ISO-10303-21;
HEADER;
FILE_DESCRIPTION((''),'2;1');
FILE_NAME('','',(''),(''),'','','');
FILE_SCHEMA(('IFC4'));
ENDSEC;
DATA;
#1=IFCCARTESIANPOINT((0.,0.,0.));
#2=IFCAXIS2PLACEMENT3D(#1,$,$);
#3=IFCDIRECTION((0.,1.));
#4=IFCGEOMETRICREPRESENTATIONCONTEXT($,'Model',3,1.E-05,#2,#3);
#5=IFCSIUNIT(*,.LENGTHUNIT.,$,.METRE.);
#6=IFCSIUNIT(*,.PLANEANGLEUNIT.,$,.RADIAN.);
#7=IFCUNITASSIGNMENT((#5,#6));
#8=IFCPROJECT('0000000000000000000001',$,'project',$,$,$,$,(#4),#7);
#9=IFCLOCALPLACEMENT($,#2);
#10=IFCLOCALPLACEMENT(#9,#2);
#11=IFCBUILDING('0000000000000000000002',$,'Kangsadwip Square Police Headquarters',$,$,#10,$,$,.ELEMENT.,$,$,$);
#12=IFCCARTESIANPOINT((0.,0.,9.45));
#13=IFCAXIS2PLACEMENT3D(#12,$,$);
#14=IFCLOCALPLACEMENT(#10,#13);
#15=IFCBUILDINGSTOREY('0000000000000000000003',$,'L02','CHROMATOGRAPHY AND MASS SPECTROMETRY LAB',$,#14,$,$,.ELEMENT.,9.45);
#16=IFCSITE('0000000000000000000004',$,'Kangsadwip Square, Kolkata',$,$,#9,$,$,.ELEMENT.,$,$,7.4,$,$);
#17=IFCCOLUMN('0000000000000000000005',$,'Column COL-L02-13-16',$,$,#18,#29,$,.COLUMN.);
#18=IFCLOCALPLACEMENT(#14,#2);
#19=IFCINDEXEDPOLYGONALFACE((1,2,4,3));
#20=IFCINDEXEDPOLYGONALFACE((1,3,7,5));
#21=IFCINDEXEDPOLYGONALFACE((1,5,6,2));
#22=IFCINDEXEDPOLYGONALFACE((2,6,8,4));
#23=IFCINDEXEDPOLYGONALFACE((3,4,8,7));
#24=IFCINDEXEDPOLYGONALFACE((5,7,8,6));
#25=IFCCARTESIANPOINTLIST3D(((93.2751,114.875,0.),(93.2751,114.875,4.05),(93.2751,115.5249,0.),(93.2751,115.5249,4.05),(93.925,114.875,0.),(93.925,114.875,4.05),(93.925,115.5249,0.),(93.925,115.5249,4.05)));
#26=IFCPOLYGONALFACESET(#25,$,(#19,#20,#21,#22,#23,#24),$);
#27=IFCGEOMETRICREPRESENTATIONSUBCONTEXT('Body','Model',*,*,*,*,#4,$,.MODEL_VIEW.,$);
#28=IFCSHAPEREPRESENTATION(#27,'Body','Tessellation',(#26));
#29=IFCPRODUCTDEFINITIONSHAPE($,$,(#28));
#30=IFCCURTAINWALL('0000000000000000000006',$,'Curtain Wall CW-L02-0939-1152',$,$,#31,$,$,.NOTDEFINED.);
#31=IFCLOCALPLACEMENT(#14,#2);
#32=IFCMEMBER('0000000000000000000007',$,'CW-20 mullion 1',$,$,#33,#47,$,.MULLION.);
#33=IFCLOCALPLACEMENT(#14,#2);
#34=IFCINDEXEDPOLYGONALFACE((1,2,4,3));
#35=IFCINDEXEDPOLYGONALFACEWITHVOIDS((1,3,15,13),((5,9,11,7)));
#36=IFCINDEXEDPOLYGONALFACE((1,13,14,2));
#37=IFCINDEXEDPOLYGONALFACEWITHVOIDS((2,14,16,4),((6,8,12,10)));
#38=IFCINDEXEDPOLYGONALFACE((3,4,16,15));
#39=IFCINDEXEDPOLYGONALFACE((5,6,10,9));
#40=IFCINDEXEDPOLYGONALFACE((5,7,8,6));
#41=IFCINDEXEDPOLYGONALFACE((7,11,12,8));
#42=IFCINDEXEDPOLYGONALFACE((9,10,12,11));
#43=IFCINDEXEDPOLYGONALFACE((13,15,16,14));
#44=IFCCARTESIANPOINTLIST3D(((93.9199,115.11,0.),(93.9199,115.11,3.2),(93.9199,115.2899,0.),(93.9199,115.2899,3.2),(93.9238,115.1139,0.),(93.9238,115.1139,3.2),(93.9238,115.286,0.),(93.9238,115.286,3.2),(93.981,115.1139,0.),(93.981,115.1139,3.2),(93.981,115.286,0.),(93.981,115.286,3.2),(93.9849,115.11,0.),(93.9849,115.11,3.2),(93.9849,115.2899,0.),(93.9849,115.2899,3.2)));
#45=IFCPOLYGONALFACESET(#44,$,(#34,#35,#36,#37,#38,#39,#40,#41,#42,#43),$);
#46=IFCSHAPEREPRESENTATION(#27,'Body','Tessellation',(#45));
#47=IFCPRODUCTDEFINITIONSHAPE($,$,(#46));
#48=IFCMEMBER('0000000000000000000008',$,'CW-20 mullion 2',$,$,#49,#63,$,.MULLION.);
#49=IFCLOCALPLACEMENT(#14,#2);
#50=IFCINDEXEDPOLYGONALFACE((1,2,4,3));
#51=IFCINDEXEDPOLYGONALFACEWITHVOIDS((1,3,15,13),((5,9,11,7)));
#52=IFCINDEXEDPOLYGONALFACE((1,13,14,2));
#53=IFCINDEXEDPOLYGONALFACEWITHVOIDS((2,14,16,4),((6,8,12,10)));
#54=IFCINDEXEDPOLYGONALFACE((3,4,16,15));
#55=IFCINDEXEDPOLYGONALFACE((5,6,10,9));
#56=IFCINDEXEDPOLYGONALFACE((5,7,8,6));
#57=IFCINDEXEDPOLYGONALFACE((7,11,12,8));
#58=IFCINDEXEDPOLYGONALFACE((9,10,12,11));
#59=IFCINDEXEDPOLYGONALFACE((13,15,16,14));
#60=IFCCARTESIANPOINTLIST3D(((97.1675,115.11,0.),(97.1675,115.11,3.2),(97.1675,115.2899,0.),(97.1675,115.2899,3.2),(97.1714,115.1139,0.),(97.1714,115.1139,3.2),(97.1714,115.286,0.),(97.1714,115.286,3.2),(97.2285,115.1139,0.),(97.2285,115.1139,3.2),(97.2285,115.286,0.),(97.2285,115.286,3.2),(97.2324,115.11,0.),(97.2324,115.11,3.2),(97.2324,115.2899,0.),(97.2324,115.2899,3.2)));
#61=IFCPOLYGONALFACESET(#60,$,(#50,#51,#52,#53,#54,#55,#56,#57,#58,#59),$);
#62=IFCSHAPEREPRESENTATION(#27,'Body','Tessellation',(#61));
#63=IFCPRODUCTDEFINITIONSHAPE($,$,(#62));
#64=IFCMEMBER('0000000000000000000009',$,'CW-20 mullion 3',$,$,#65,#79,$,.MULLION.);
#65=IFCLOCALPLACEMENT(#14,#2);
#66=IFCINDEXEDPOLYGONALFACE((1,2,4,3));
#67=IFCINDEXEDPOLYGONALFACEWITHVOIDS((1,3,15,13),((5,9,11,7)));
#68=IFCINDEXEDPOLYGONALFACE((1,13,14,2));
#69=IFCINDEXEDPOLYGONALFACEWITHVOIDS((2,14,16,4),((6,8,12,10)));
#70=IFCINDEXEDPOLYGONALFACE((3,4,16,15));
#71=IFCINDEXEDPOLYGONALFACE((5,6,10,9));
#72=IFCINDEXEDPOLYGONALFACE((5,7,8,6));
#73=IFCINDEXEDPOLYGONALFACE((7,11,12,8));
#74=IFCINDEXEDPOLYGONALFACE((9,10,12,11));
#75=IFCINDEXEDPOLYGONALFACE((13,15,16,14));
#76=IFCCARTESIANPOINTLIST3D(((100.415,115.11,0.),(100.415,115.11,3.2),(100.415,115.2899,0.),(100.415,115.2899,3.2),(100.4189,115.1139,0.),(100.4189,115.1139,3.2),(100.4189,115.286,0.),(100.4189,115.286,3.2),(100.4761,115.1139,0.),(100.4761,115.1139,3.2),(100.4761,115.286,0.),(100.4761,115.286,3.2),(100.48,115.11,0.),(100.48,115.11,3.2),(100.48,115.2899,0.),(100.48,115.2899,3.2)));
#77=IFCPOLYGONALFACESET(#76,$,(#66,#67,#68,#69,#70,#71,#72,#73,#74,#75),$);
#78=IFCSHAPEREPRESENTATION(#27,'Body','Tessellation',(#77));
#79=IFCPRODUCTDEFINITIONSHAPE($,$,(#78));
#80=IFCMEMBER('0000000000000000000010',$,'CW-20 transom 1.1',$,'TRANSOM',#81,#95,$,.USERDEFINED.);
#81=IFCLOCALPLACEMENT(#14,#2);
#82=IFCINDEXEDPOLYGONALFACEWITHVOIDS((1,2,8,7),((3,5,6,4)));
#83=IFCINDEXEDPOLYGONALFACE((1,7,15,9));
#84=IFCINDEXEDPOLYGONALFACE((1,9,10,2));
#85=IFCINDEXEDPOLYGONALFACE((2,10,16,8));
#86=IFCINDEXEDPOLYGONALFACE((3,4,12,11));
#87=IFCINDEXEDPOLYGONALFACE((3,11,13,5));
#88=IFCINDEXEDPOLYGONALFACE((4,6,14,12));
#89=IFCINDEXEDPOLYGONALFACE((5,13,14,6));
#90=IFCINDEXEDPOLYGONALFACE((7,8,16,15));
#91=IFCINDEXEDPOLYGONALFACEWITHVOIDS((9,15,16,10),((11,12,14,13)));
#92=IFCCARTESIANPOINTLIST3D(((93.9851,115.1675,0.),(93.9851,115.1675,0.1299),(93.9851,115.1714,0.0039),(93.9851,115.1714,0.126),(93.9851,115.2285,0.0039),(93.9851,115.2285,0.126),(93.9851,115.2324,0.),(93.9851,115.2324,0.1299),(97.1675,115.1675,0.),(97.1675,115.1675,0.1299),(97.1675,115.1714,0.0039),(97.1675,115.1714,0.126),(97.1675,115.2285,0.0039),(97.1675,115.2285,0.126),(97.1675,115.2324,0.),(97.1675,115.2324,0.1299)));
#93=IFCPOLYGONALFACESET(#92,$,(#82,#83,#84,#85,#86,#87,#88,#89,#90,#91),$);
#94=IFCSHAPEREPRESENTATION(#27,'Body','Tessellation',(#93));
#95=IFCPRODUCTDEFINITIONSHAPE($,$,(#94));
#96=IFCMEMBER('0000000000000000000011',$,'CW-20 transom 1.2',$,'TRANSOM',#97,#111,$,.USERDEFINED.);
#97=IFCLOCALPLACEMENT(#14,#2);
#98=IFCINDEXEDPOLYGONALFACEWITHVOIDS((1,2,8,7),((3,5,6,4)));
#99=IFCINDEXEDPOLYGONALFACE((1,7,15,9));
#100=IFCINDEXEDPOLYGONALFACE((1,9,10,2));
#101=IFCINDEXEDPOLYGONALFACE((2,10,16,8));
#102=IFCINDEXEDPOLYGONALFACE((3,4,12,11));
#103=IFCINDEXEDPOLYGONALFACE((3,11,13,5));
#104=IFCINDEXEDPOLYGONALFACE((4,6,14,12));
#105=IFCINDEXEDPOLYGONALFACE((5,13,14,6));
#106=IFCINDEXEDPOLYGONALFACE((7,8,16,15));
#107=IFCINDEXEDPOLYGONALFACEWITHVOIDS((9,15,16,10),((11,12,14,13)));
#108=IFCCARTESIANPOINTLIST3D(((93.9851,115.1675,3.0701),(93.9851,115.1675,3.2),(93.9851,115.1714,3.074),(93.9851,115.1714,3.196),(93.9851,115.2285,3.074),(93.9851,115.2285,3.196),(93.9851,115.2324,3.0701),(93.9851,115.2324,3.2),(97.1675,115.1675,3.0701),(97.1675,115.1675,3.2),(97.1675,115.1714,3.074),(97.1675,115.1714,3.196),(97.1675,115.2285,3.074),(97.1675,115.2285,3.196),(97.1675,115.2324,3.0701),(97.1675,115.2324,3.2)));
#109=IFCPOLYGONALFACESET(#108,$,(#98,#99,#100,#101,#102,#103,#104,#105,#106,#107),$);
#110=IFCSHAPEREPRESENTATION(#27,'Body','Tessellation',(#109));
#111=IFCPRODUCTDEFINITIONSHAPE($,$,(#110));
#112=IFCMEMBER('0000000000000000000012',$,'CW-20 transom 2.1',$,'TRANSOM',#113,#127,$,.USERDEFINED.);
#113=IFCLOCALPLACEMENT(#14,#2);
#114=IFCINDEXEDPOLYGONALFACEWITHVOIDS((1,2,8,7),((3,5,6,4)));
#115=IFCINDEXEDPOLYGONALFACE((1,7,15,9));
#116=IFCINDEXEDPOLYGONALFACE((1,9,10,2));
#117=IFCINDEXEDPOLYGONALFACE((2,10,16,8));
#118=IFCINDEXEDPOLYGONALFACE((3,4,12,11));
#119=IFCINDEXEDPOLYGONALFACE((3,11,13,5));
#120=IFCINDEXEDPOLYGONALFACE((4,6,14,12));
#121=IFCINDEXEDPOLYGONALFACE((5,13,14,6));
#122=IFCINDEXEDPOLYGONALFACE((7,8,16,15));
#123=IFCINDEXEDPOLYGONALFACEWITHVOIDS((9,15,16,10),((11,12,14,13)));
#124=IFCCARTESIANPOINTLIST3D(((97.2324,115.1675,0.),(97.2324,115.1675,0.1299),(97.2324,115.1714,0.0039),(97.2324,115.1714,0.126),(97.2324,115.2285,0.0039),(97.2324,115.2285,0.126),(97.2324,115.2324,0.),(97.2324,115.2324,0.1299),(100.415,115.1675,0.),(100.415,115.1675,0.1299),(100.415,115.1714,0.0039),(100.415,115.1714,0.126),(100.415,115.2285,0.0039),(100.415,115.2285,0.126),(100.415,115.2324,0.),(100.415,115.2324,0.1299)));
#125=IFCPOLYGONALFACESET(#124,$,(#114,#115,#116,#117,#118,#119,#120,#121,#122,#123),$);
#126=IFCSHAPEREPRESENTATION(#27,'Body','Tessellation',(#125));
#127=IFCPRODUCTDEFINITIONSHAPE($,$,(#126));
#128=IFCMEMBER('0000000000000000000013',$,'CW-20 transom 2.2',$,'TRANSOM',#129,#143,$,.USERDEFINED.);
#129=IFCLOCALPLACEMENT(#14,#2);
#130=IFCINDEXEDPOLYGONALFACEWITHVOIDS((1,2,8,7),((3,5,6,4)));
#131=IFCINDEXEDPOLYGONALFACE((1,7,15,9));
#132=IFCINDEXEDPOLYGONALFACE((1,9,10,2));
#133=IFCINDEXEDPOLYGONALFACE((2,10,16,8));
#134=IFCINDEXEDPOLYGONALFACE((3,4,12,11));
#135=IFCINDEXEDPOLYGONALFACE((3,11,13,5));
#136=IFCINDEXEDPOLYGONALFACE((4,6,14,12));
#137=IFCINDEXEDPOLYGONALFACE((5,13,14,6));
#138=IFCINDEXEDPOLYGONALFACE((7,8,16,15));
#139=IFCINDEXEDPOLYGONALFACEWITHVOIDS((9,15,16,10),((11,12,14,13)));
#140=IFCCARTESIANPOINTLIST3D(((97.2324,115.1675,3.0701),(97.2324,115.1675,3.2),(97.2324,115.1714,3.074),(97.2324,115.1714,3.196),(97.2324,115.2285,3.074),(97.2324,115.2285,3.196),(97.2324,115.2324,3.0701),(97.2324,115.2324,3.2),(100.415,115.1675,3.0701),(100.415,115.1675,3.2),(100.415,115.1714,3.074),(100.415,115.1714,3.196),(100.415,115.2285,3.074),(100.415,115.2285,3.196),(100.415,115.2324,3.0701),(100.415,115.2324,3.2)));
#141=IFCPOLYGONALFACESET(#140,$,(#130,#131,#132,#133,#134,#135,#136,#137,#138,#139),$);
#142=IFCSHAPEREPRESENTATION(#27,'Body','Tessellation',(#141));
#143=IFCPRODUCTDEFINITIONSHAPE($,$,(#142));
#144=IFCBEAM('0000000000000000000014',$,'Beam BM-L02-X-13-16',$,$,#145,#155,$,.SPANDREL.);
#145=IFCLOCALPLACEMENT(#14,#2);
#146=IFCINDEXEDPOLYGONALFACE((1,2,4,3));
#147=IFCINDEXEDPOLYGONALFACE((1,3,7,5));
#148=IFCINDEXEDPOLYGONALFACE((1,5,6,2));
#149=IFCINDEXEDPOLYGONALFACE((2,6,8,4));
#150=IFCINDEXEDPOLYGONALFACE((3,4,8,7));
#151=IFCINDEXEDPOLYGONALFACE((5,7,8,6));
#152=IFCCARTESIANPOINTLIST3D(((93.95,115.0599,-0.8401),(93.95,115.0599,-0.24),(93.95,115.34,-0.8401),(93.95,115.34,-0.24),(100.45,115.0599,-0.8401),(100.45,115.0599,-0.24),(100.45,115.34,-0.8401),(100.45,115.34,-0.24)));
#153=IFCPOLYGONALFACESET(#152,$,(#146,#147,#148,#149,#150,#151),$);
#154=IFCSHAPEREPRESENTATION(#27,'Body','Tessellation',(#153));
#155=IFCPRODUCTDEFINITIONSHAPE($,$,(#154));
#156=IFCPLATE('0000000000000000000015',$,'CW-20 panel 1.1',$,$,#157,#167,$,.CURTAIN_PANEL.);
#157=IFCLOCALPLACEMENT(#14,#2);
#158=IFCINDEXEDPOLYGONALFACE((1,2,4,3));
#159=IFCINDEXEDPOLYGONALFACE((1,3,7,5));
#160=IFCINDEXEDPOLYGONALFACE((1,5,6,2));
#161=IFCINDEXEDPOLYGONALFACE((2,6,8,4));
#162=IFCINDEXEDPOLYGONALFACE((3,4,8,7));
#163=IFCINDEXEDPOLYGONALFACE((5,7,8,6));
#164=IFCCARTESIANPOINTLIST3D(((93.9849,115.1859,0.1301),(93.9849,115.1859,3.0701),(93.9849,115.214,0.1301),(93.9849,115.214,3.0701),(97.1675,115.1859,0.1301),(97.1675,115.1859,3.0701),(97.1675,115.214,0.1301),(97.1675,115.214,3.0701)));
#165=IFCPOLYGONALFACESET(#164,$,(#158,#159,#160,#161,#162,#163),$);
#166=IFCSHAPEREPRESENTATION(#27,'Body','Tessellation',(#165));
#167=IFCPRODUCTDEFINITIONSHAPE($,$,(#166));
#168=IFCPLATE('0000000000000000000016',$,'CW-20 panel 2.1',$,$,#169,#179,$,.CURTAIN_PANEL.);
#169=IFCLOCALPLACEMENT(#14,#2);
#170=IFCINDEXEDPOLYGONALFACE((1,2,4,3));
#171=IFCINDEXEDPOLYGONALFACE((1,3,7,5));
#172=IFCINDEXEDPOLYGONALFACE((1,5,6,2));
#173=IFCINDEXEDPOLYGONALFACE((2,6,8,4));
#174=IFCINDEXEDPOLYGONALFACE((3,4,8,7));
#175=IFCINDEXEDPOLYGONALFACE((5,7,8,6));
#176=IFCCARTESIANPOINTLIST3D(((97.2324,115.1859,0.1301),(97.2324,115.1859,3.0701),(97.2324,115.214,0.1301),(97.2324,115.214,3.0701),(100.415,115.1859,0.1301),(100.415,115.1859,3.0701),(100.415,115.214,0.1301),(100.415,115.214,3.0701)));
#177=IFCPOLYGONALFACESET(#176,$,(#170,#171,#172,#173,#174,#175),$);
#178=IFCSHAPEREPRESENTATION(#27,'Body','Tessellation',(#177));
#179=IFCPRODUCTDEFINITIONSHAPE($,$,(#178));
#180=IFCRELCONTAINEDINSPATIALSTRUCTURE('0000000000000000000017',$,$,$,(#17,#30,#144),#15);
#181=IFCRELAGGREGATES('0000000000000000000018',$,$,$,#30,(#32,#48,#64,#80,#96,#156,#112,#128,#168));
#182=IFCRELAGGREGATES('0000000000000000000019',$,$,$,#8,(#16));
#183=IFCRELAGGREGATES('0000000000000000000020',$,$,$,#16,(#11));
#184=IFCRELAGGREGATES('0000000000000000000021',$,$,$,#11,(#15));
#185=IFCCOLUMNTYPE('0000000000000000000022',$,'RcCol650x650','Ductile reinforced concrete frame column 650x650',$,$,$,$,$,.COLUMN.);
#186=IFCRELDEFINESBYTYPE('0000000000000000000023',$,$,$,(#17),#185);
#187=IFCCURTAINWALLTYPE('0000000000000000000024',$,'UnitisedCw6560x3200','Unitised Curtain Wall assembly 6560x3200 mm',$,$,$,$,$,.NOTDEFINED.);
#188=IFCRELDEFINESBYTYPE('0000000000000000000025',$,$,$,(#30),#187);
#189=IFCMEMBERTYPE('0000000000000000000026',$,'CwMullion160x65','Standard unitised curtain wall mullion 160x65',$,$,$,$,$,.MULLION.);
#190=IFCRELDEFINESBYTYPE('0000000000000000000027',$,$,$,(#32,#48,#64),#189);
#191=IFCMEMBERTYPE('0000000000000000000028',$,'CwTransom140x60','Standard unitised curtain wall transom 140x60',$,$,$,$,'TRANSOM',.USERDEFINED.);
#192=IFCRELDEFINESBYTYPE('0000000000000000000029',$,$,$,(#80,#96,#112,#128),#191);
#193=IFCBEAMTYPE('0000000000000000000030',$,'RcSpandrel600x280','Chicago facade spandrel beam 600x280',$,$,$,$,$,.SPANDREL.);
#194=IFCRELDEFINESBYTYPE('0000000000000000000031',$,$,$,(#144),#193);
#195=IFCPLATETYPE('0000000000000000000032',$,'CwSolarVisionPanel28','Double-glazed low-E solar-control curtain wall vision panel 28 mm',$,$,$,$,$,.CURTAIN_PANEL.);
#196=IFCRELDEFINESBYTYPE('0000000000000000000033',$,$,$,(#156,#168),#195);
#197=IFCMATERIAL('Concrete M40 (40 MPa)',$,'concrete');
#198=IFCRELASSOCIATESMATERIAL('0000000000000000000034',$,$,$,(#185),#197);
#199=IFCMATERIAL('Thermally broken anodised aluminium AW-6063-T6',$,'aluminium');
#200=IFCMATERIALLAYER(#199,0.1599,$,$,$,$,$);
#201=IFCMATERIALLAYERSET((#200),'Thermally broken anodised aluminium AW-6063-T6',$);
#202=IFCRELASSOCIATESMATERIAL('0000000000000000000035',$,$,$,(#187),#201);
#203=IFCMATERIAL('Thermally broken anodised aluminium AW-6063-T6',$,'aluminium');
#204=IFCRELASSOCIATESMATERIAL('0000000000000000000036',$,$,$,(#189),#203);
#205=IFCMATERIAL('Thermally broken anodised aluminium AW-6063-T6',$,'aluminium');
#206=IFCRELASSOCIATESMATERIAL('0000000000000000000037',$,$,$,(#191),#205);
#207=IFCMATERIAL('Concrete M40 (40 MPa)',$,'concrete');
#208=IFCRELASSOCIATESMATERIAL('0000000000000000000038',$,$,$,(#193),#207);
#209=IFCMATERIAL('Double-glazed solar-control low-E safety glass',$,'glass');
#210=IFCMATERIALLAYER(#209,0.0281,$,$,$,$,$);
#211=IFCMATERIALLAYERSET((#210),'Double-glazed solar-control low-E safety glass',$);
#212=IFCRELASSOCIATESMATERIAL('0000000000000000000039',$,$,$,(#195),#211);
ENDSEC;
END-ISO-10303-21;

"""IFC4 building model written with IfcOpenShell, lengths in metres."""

from ifc_helpers import new_model, si_unit, direction, frame, origin, origin_2d, place, context, subcontext, project, spatial, rectangle, hollow_rectangle, extrude, material, layer, layer_set, material_profile, profile_set, type_object, element, aggregate, save


model = new_model("IFC4")

# Units and contexts
model_context = context("Model", 3, precision=1e-05, world=origin(), true_north=direction((0.0, 1.0)))
body_context = subcontext(model_context, "Body", "Model", "MODEL_VIEW")
ifc_project = project(units=[si_unit("LENGTHUNIT", "METRE"), si_unit("PLANEANGLEUNIT", "RADIAN")], contexts=[model_context])

# Site, building, storey
site_placement = place(None, origin())
site = spatial("IfcSite", under=ifc_project, at=site_placement, Name="Kangsadwip Square, Kolkata", CompositionType="ELEMENT", RefElevation=7.4)
building_placement = place(site_placement, origin())
building = spatial("IfcBuilding", under=site, at=building_placement, Name="Kangsadwip Square Police Headquarters", CompositionType="ELEMENT")
storey_placement = place(building_placement, frame((0.0, 0.0, 9.45)))
storey = spatial("IfcBuildingStorey", under=building, at=storey_placement, Name="L02", Description="CHROMATOGRAPHY AND MASS SPECTROMETRY LAB", CompositionType="ELEMENT", Elevation=9.45)

# Column
ifc_material_1 = material(Name="Concrete M40 (40 MPa)", Category="concrete")
ifc_material_profile_1 = material_profile(ifc_material_1, rectangle(XDim=0.6499, YDim=0.6499, at=origin_2d()), Name="RC COL 650X650")
ifc_profile_set_1 = profile_set([ifc_material_profile_1], Name="Concrete M40 (40 MPa)")
column_type = type_object("IfcColumnType", Name="RcCol650x650", Description="Ductile reinforced concrete frame column 650x650", PredefinedType="COLUMN", material=ifc_profile_set_1)
column_placement = place(storey_placement, frame((93.6001, 115.2, 0.0), z_axis=(0.0, 0.0, 1.0), x_axis=(1.0, 0.0, 0.0)))
element("IfcColumn", 1, at=column_placement, inside=storey, type_object=column_type, Name="Column COL-L02-13-16", PredefinedType="COLUMN", context=body_context, shape_type="SweptSolid", body=[
    extrude(rectangle(XDim=0.6499, YDim=0.6499, at=origin_2d()), origin(), (0.0, 0.0, 1.0), 4.05),
])

# Curtain wall, members
ifc_material_2 = material(Name="Thermally broken anodised aluminium AW-6063-T6", Category="aluminium")
ifc_layer_1 = layer(ifc_material_2, 0.1599)
ifc_layer_set_1 = layer_set([ifc_layer_1], Name="Thermally broken anodised aluminium AW-6063-T6")
curtain_wall_type = type_object("IfcCurtainWallType", Name="UnitisedCw6560x3200", Description="Unitised Curtain Wall assembly 6560x3200 mm", PredefinedType="NOTDEFINED", material=ifc_layer_set_1)
curtain_wall_placement = place(storey_placement, origin())
curtain_wall = element("IfcCurtainWall", 2, at=curtain_wall_placement, inside=storey, type_object=curtain_wall_type, Name="Curtain Wall CW-L02-0939-1152", PredefinedType="NOTDEFINED")
ifc_material_3 = material(Name="Thermally broken anodised aluminium AW-6063-T6", Category="aluminium")
ifc_material_profile_2 = material_profile(ifc_material_3, hollow_rectangle(XDim=0.0649, YDim=0.1799, WallThickness=0.0039, at=origin_2d()), Name="CWM 180X65X4")
ifc_profile_set_2 = profile_set([ifc_material_profile_2], Name="Thermally broken anodised aluminium AW-6063-T6")
member_type_1 = type_object("IfcMemberType", Name="CwMullion160x65", Description="Standard unitised curtain wall mullion 160x65", PredefinedType="MULLION", material=ifc_profile_set_2)
member_1_placement = place(storey_placement, frame((93.9524, 115.2, 0.0), z_axis=(0.0, 0.0, 1.0), x_axis=(1.0, 0.0, 0.0)))
member_1 = element("IfcMember", 3, at=member_1_placement, type_object=member_type_1, Name="CW-20 mullion 1", PredefinedType="MULLION", context=body_context, shape_type="SweptSolid", body=[
    extrude(hollow_rectangle(XDim=0.0649, YDim=0.1799, WallThickness=0.0039, at=origin_2d()), origin(), (0.0, 0.0, 1.0), 3.2),
])
member_2_placement = place(storey_placement, frame((97.2, 115.2, 0.0), z_axis=(0.0, 0.0, 1.0), x_axis=(1.0, 0.0, 0.0)))
member_2 = element("IfcMember", 4, at=member_2_placement, type_object=member_type_1, Name="CW-20 mullion 2", PredefinedType="MULLION", context=body_context, shape_type="SweptSolid", body=[
    extrude(hollow_rectangle(XDim=0.0649, YDim=0.1799, WallThickness=0.0039, at=origin_2d()), origin(), (0.0, 0.0, 1.0), 3.2),
])
member_3_placement = place(storey_placement, frame((100.4475, 115.2, 0.0), z_axis=(0.0, 0.0, 1.0), x_axis=(1.0, 0.0, 0.0)))
member_3 = element("IfcMember", 5, at=member_3_placement, type_object=member_type_1, Name="CW-20 mullion 3", PredefinedType="MULLION", context=body_context, shape_type="SweptSolid", body=[
    extrude(hollow_rectangle(XDim=0.0649, YDim=0.1799, WallThickness=0.0039, at=origin_2d()), origin(), (0.0, 0.0, 1.0), 3.2),
])
ifc_material_4 = material(Name="Thermally broken anodised aluminium AW-6063-T6", Category="aluminium")
ifc_material_profile_3 = material_profile(ifc_material_4, hollow_rectangle(XDim=0.0649, YDim=0.1299, WallThickness=0.0039, at=origin_2d()), Name="CWT 130X65X4")
ifc_profile_set_3 = profile_set([ifc_material_profile_3], Name="Thermally broken anodised aluminium AW-6063-T6")
member_type_2 = type_object("IfcMemberType", Name="CwTransom140x60", Description="Standard unitised curtain wall transom 140x60", ElementType="TRANSOM", PredefinedType="USERDEFINED", material=ifc_profile_set_3)
member_4_placement = place(storey_placement, frame((93.9851, 115.2, 0.0649), z_axis=(1.0, 0.0, 0.0), x_axis=(0.0, 1.0, 0.0)))
member_4 = element("IfcMember", 6, at=member_4_placement, type_object=member_type_2, Name="CW-20 transom 1.1", ObjectType="TRANSOM", PredefinedType="USERDEFINED", context=body_context, shape_type="SweptSolid", body=[
    extrude(hollow_rectangle(XDim=0.0649, YDim=0.1299, WallThickness=0.0039, at=origin_2d()), origin(), (0.0, 0.0, 1.0), 3.1824),
])
member_5_placement = place(storey_placement, frame((93.9851, 115.2, 3.135), z_axis=(1.0, 0.0, 0.0), x_axis=(0.0, 1.0, 0.0)))
member_5 = element("IfcMember", 7, at=member_5_placement, type_object=member_type_2, Name="CW-20 transom 1.2", ObjectType="TRANSOM", PredefinedType="USERDEFINED", context=body_context, shape_type="SweptSolid", body=[
    extrude(hollow_rectangle(XDim=0.0649, YDim=0.1299, WallThickness=0.0039, at=origin_2d()), origin(), (0.0, 0.0, 1.0), 3.1824),
])
member_6_placement = place(storey_placement, frame((97.2324, 115.2, 0.0649), z_axis=(1.0, 0.0, 0.0), x_axis=(0.0, 1.0, 0.0)))
member_6 = element("IfcMember", 8, at=member_6_placement, type_object=member_type_2, Name="CW-20 transom 2.1", ObjectType="TRANSOM", PredefinedType="USERDEFINED", context=body_context, shape_type="SweptSolid", body=[
    extrude(hollow_rectangle(XDim=0.0649, YDim=0.1299, WallThickness=0.0039, at=origin_2d()), origin(), (0.0, 0.0, 1.0), 3.1826),
])
member_7_placement = place(storey_placement, frame((97.2324, 115.2, 3.135), z_axis=(1.0, 0.0, 0.0), x_axis=(0.0, 1.0, 0.0)))
member_7 = element("IfcMember", 9, at=member_7_placement, type_object=member_type_2, Name="CW-20 transom 2.2", ObjectType="TRANSOM", PredefinedType="USERDEFINED", context=body_context, shape_type="SweptSolid", body=[
    extrude(hollow_rectangle(XDim=0.0649, YDim=0.1299, WallThickness=0.0039, at=origin_2d()), origin(), (0.0, 0.0, 1.0), 3.1826),
])

# Beam
ifc_material_5 = material(Name="Concrete M40 (40 MPa)", Category="concrete")
ifc_material_profile_4 = material_profile(ifc_material_5, rectangle(XDim=0.28, YDim=0.6001, at=origin_2d()), Name="RC SPN 600X280")
ifc_profile_set_4 = profile_set([ifc_material_profile_4], Name="Concrete M40 (40 MPa)")
beam_type = type_object("IfcBeamType", Name="RcSpandrel600x280", Description="Chicago facade spandrel beam 600x280", PredefinedType="SPANDREL", material=ifc_profile_set_4)
beam_placement = place(storey_placement, frame((93.95, 115.2, -0.54), z_axis=(1.0, 0.0, 0.0), x_axis=(0.0, 1.0, 0.0)))
element("IfcBeam", 10, at=beam_placement, inside=storey, type_object=beam_type, Name="Beam BM-L02-X-13-16", PredefinedType="SPANDREL", context=body_context, shape_type="SweptSolid", body=[
    extrude(rectangle(XDim=0.28, YDim=0.6001, at=origin_2d()), origin(), (0.0, 0.0, 1.0), 6.5),
])

# Plates
ifc_material_6 = material(Name="Double-glazed solar-control low-E safety glass", Category="glass")
ifc_layer_2 = layer(ifc_material_6, 0.0281)
ifc_layer_set_2 = layer_set([ifc_layer_2], Name="Double-glazed solar-control low-E safety glass")
plate_type_1 = type_object("IfcPlateType", Name="CwSolarVisionPanel28", Description="Double-glazed low-E solar-control curtain wall vision panel 28 mm", PredefinedType="CURTAIN_PANEL", material=ifc_layer_set_2)
plate_1_placement = place(storey_placement, frame((95.5762, 115.2, 0.1301), z_axis=(0.0, 0.0, 1.0), x_axis=(1.0, 0.0, 0.0)))
plate_1 = element("IfcPlate", 11, at=plate_1_placement, type_object=plate_type_1, Name="CW-20 panel 1.1", PredefinedType="CURTAIN_PANEL", context=body_context, shape_type="SweptSolid", body=[
    extrude(rectangle(XDim=3.1826, YDim=0.0281, at=origin_2d()), origin(), (0.0, 0.0, 1.0), 2.9399),
])
plate_2_placement = place(storey_placement, frame((98.8237, 115.2, 0.1301), z_axis=(0.0, 0.0, 1.0), x_axis=(1.0, 0.0, 0.0)))
plate_2 = element("IfcPlate", 12, at=plate_2_placement, type_object=plate_type_1, Name="CW-20 panel 2.1", PredefinedType="CURTAIN_PANEL", context=body_context, shape_type="SweptSolid", body=[
    extrude(rectangle(XDim=3.1826, YDim=0.0281, at=origin_2d()), origin(), (0.0, 0.0, 1.0), 2.9399),
])
aggregate(curtain_wall, [member_1, member_2, member_3, member_4, member_5, plate_1, member_6, member_7, plate_2])

save(model, "model.ifc")
